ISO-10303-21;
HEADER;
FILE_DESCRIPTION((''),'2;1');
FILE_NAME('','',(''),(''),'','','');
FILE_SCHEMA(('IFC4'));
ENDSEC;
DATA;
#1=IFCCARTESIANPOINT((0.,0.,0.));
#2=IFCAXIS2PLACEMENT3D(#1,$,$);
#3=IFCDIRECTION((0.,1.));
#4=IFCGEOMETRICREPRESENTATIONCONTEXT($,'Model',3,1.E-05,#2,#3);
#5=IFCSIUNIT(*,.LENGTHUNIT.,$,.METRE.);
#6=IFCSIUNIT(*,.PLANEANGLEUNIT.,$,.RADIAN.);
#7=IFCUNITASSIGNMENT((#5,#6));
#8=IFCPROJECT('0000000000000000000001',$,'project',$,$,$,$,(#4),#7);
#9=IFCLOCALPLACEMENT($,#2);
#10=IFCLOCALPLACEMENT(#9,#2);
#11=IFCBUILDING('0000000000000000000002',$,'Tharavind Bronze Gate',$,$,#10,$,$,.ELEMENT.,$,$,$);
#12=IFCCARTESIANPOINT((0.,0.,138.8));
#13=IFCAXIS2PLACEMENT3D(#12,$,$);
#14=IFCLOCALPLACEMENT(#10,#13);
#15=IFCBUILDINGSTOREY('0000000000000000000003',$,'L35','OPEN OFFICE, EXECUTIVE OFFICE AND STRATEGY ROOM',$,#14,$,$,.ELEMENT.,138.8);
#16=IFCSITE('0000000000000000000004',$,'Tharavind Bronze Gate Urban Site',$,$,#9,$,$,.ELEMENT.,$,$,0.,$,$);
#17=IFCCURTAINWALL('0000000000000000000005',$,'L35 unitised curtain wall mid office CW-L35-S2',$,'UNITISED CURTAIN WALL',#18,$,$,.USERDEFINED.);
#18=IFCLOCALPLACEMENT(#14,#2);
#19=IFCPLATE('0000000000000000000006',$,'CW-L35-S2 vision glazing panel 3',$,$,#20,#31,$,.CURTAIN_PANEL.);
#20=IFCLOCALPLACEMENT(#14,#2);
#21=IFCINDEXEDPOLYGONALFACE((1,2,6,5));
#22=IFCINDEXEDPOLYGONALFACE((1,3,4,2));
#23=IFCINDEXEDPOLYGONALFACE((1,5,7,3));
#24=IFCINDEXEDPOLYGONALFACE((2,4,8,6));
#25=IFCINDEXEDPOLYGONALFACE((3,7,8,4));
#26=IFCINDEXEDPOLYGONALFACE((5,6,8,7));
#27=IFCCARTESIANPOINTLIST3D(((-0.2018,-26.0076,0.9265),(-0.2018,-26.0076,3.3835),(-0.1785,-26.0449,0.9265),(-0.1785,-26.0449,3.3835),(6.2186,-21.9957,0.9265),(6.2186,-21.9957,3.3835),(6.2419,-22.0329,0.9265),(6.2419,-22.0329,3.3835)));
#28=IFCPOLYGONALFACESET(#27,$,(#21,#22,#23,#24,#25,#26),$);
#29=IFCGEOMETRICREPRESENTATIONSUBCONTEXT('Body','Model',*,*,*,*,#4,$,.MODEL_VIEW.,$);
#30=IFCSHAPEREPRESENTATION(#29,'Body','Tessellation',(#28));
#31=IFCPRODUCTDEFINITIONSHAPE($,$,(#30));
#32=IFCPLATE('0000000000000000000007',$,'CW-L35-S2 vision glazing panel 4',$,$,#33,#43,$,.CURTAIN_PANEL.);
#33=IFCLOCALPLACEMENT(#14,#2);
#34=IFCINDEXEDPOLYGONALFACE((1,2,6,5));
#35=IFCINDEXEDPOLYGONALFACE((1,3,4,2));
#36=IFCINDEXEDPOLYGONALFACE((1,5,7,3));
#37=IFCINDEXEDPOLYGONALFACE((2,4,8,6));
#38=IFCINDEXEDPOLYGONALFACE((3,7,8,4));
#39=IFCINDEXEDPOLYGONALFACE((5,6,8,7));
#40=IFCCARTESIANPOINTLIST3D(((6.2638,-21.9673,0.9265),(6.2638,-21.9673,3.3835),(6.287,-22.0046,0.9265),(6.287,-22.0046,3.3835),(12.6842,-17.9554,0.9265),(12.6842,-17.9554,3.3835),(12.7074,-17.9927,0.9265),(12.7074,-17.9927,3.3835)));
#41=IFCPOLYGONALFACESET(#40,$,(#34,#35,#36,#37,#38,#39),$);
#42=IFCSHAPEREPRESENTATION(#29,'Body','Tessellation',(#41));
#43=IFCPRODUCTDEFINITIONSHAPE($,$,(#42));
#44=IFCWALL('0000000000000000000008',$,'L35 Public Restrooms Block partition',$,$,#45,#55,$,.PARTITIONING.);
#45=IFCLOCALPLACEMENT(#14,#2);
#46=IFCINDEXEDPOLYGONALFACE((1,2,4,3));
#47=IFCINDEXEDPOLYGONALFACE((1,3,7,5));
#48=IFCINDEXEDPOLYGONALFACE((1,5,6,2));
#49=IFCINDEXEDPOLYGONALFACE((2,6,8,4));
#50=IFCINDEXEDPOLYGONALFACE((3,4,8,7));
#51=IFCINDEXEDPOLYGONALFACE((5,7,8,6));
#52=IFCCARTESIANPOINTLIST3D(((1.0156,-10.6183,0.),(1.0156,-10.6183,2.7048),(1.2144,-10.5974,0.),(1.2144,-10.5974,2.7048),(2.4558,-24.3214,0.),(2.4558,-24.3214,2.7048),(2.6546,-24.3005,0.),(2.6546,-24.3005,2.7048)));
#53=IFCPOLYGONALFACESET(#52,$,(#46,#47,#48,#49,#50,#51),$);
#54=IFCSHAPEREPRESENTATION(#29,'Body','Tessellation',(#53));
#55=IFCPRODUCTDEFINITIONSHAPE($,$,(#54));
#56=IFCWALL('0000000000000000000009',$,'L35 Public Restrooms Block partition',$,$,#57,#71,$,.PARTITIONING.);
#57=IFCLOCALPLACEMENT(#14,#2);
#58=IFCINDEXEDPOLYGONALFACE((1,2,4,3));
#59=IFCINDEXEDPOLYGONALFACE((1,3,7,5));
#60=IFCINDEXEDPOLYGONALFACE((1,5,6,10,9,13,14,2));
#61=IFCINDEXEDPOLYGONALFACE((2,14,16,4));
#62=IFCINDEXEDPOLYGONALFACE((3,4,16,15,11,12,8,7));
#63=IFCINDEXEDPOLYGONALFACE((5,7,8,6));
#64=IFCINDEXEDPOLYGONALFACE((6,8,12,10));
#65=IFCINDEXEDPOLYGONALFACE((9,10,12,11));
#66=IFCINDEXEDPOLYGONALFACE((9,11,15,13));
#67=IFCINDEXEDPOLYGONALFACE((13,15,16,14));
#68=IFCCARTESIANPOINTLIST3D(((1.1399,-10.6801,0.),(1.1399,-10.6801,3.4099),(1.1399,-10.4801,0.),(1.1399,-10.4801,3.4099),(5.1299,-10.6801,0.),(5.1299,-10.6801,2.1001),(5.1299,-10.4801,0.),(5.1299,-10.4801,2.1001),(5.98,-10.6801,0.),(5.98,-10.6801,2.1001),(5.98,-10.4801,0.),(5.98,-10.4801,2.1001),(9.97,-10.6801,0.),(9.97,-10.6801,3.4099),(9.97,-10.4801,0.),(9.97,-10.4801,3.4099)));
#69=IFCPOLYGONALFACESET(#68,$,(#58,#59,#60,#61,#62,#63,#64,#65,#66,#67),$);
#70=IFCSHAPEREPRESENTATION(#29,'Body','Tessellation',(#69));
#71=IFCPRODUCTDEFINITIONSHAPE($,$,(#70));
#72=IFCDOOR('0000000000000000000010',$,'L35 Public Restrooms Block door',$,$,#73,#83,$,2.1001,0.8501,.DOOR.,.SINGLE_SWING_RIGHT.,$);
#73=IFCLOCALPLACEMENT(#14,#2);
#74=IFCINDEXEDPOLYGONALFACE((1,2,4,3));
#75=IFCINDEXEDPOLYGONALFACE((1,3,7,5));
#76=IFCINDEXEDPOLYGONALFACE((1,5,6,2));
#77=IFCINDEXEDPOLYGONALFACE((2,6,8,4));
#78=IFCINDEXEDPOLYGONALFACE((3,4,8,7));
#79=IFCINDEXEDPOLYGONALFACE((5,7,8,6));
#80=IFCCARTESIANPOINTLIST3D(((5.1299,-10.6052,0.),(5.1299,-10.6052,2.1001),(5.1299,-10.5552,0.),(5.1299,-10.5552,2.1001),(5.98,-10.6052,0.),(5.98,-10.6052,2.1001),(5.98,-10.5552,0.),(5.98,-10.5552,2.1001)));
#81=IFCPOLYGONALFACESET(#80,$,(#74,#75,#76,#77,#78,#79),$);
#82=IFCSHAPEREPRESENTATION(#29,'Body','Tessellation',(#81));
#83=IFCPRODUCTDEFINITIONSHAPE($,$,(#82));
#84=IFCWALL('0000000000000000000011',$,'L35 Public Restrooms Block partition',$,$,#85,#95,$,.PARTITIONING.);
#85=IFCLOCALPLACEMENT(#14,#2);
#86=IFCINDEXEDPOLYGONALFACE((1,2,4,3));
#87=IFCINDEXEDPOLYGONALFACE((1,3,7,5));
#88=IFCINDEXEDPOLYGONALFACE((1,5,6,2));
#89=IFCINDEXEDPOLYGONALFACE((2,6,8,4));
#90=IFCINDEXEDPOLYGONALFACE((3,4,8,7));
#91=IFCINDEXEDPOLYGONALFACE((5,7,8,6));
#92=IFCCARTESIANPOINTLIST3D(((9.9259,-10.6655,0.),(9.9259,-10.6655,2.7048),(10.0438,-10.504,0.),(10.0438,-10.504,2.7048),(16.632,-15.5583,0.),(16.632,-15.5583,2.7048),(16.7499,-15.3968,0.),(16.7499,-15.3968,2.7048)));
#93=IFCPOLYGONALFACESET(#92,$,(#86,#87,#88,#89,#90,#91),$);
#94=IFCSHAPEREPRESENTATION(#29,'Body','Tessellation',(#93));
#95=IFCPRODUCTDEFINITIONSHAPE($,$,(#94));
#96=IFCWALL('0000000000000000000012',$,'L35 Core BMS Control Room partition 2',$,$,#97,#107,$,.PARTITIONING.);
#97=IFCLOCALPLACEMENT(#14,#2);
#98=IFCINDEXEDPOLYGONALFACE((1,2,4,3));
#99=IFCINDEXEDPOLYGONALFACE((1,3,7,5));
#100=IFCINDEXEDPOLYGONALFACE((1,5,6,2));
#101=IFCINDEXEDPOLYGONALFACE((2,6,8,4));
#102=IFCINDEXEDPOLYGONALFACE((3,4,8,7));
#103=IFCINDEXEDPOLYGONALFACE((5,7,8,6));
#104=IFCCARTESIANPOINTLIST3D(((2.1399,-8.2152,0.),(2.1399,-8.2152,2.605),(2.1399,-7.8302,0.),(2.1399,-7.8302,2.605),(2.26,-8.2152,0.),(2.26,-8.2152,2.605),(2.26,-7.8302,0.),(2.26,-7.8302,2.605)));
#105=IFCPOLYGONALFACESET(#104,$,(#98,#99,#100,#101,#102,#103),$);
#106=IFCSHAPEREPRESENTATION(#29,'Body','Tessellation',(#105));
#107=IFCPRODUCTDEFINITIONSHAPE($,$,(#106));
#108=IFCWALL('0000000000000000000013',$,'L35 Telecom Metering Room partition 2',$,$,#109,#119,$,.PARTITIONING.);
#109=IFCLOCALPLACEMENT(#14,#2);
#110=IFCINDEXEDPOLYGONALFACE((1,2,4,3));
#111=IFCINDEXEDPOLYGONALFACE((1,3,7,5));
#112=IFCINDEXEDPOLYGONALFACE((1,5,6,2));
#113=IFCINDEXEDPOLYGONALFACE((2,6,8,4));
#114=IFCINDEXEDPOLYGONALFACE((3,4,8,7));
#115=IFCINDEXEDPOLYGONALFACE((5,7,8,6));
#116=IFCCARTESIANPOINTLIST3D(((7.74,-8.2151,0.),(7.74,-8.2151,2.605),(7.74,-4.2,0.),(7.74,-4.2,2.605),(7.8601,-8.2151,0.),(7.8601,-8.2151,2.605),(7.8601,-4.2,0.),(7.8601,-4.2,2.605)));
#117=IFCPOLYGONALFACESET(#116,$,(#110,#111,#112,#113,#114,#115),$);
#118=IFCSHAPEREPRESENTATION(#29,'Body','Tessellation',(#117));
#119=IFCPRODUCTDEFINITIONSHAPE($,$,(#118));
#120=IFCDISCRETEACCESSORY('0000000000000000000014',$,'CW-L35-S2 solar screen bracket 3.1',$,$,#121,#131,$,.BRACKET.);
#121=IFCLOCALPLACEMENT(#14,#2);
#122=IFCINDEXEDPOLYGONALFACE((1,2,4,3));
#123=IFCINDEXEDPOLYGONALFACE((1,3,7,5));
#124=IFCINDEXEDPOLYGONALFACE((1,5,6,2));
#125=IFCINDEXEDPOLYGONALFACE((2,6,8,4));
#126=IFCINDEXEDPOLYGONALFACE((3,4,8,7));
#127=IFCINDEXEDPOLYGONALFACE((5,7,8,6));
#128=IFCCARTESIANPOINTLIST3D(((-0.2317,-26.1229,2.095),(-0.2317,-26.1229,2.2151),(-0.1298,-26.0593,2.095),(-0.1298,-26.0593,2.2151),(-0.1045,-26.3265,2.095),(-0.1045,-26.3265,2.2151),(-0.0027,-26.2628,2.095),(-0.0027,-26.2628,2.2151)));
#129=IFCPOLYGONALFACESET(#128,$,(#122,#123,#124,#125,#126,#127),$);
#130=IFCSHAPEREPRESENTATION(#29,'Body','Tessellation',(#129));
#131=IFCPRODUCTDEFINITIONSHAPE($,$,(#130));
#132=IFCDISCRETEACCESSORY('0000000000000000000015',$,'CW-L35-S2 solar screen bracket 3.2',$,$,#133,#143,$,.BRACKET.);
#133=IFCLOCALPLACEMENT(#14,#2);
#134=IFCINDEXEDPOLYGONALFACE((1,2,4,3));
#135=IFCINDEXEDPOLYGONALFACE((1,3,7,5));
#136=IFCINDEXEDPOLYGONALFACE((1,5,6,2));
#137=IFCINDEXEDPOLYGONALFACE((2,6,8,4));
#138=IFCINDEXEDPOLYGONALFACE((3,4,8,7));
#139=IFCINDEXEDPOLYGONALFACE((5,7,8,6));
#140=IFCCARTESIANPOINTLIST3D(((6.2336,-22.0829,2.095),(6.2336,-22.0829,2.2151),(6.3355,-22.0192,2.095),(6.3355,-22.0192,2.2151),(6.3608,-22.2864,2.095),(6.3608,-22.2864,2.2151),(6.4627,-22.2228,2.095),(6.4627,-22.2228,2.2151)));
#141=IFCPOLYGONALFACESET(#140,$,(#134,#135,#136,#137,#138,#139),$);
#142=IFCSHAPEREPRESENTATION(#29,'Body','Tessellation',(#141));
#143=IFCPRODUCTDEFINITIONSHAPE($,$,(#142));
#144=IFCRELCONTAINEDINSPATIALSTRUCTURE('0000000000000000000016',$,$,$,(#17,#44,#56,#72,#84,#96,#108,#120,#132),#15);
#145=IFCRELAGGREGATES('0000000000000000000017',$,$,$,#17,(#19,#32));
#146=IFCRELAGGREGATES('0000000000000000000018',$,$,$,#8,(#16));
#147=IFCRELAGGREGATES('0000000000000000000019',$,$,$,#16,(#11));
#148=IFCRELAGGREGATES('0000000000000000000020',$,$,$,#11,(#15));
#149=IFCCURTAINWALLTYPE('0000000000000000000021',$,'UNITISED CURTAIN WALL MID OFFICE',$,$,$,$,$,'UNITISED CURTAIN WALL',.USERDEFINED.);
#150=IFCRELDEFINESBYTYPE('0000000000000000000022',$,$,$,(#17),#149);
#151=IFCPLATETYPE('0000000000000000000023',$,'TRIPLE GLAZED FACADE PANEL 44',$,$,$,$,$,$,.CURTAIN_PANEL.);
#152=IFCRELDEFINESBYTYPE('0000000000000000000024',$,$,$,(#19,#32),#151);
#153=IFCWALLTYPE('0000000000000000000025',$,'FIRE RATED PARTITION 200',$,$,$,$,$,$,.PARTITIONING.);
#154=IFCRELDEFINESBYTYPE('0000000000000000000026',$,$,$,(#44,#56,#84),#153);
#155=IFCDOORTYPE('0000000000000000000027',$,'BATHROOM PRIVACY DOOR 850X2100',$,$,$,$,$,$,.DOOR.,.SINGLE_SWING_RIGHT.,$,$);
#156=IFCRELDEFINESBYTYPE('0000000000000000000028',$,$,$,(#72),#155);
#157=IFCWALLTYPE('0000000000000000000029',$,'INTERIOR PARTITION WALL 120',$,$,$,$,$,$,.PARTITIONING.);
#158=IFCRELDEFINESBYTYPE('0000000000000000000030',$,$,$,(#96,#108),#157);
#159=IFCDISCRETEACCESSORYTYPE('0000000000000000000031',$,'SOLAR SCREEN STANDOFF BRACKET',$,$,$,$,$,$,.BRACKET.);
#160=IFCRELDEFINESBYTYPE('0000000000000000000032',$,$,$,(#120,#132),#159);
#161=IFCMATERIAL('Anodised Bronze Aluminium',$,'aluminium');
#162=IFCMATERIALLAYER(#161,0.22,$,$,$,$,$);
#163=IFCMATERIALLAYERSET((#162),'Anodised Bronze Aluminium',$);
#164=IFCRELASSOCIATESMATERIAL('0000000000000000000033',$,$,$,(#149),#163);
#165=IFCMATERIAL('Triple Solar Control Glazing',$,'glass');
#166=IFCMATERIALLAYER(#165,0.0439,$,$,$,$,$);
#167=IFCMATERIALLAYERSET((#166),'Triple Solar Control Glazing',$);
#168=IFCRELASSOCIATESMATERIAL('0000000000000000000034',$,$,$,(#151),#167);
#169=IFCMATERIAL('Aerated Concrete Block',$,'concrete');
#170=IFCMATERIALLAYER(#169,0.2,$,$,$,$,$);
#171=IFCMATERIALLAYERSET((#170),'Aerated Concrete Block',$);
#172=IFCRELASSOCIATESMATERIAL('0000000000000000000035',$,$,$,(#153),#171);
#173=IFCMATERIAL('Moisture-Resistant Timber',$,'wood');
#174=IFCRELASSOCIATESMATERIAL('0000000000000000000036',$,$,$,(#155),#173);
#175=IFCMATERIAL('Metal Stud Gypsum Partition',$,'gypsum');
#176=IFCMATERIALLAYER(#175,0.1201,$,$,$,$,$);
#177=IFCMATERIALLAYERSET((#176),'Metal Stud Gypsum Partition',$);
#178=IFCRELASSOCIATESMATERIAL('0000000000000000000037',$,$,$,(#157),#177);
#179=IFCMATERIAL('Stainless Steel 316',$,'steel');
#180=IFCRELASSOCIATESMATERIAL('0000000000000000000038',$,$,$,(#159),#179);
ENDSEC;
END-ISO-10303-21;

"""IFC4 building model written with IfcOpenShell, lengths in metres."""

from ifc_helpers import new_model, si_unit, direction, frame, frame_2d, origin, origin_2d, place, context, subcontext, project, spatial, rectangle, extrude, material, layer, layer_set, type_object, element, fill, aggregate, save


model = new_model("IFC4")

# Units and contexts
model_context = context("Model", 3, precision=1e-05, world=origin(), true_north=direction((0.0, 1.0)))
body_context = subcontext(model_context, "Body", "Model", "MODEL_VIEW")
ifc_project = project(units=[si_unit("LENGTHUNIT", "METRE"), si_unit("PLANEANGLEUNIT", "RADIAN")], contexts=[model_context])

# Site, building, storey
site_placement = place(None, origin())
site = spatial("IfcSite", under=ifc_project, at=site_placement, Name="Tharavind Bronze Gate Urban Site", CompositionType="ELEMENT", RefElevation=0.0)
building_placement = place(site_placement, origin())
building = spatial("IfcBuilding", under=site, at=building_placement, Name="Tharavind Bronze Gate", CompositionType="ELEMENT")
storey_placement = place(building_placement, frame((0.0, 0.0, 138.8)))
storey = spatial("IfcBuildingStorey", under=building, at=storey_placement, Name="L35", Description="OPEN OFFICE, EXECUTIVE OFFICE AND STRATEGY ROOM", CompositionType="ELEMENT", Elevation=138.8)

# Curtain wall
ifc_material_1 = material(Name="Anodised Bronze Aluminium", Category="aluminium")
ifc_layer_1 = layer(ifc_material_1, 0.22)
ifc_layer_set_1 = layer_set([ifc_layer_1], Name="Anodised Bronze Aluminium")
curtain_wall_type = type_object("IfcCurtainWallType", Name="UNITISED CURTAIN WALL MID OFFICE", ElementType="UNITISED CURTAIN WALL", PredefinedType="USERDEFINED", material=ifc_layer_set_1)
curtain_wall_placement = place(storey_placement, origin())
curtain_wall = element("IfcCurtainWall", 1, at=curtain_wall_placement, inside=storey, type_object=curtain_wall_type, Name="L35 unitised curtain wall mid office CW-L35-S2", ObjectType="UNITISED CURTAIN WALL", PredefinedType="USERDEFINED")

# Plates
ifc_material_2 = material(Name="Triple Solar Control Glazing", Category="glass")
ifc_layer_2 = layer(ifc_material_2, 0.0439)
ifc_layer_set_2 = layer_set([ifc_layer_2], Name="Triple Solar Control Glazing")
plate_type_1 = type_object("IfcPlateType", Name="TRIPLE GLAZED FACADE PANEL 44", PredefinedType="CURTAIN_PANEL", material=ifc_layer_set_2)
plate_1_placement = place(storey_placement, frame((3.02, -24.0203, 0.9265), z_axis=(0.0, 0.0, 1.0), x_axis=(0.848048, 0.529919, 0.0)))
plate_1 = element("IfcPlate", 2, at=plate_1_placement, type_object=plate_type_1, Name="CW-L35-S2 vision glazing panel 3", PredefinedType="CURTAIN_PANEL", context=body_context, shape_type="SweptSolid", body=[
    extrude(rectangle(XDim=7.5708, YDim=0.0439, at=origin_2d()), origin(), (0.0, 0.0, 1.0), 2.457),
])
plate_2_placement = place(storey_placement, frame((9.4856, -19.98, 0.9265), z_axis=(0.0, 0.0, 1.0), x_axis=(0.848048, 0.529919, 0.0)))
plate_2 = element("IfcPlate", 3, at=plate_2_placement, type_object=plate_type_1, Name="CW-L35-S2 vision glazing panel 4", PredefinedType="CURTAIN_PANEL", context=body_context, shape_type="SweptSolid", body=[
    extrude(rectangle(XDim=7.5708, YDim=0.0439, at=origin_2d()), origin(), (0.0, 0.0, 1.0), 2.457),
])
aggregate(curtain_wall, [plate_1, plate_2])

# Wall
ifc_material_3 = material(Name="Aerated Concrete Block", Category="concrete")
ifc_layer_3 = layer(ifc_material_3, 0.2)
ifc_layer_set_3 = layer_set([ifc_layer_3], Name="Aerated Concrete Block")
wall_type_1 = type_object("IfcWallType", Name="FIRE RATED PARTITION 200", PredefinedType="PARTITIONING", material=ifc_layer_set_3)
wall_1_placement = place(storey_placement, frame((2.5552, -24.3108, 0.0), z_axis=(0.0, 0.0, 1.0), x_axis=(-0.104523, 0.994522, 0.0)))
element("IfcWall", 4, at=wall_1_placement, inside=storey, type_object=wall_type_1, Name="L35 Public Restrooms Block partition", PredefinedType="PARTITIONING", context=body_context, shape_type="SweptSolid", body=[
    extrude(rectangle(XDim=13.7786, YDim=0.2, at=frame_2d((6.8892, 0.0))), origin(), (0.0, 0.0, 1.0), 2.7048),
])

# Wall, opening, door
wall_2_placement = place(storey_placement, frame((1.1399, -10.5801, 0.0), z_axis=(0.0, 0.0, 1.0), x_axis=(1.0, 0.0, 0.0)))
wall_2 = element("IfcWall", 5, at=wall_2_placement, inside=storey, type_object=wall_type_1, Name="L35 Public Restrooms Block partition", PredefinedType="PARTITIONING", context=body_context, shape_type="SweptSolid", body=[
    extrude(rectangle(XDim=8.8301, YDim=0.2, at=frame_2d((4.415, 0.0))), origin(), (0.0, 0.0, 1.0), 3.4099),
])
opening_placement = place(wall_2_placement, frame((3.99, 0.0, 0.0)))
opening = element("IfcOpeningElement", 6, at=opening_placement, cuts=wall_2, PredefinedType="OPENING", context=body_context, shape_type="SweptSolid", body=[
    extrude(rectangle(XDim=0.8501, YDim=2.1001, at=frame_2d((0.425, 1.05))), frame((0.0, 0.1101, 0.0), z_axis=(0.0, -1.0, 0.0), x_axis=(1.0, 0.0, 0.0)), (0.0, 0.0, 1.0), 0.22),
])
ifc_material_4 = material(Name="Moisture-Resistant Timber", Category="wood")
door_type = type_object("IfcDoorType", Name="BATHROOM PRIVACY DOOR 850X2100", OperationType="SINGLE_SWING_RIGHT", PredefinedType="DOOR", material=ifc_material_4)
door_placement = place(opening_placement, origin())
door = element("IfcDoor", 7, at=door_placement, inside=storey, type_object=door_type, Name="L35 Public Restrooms Block door", OperationType="SINGLE_SWING_RIGHT", OverallHeight=2.1001, OverallWidth=0.8501, PredefinedType="DOOR", context=body_context, shape_type="SweptSolid", body=[
    extrude(rectangle(XDim=0.8501, YDim=2.1001, at=frame_2d((0.425, 1.05))), frame((0.0, 0.0249, 0.0), z_axis=(0.0, -1.0, 0.0), x_axis=(1.0, 0.0, 0.0)), (0.0, 0.0, 1.0), 0.05),
])
fill(opening, door)

# Walls
wall_3_placement = place(storey_placement, frame((9.9849, -10.5847, 0.0), z_axis=(0.0, 0.0, 1.0), x_axis=(0.807836, -0.589407, 0.0)))
element("IfcWall", 8, at=wall_3_placement, inside=storey, type_object=wall_type_1, Name="L35 Public Restrooms Block partition", PredefinedType="PARTITIONING", context=body_context, shape_type="SweptSolid", body=[
    extrude(rectangle(XDim=8.3013, YDim=0.2, at=frame_2d((4.1506, 0.0))), origin(), (0.0, 0.0, 1.0), 2.7048),
])
ifc_material_5 = material(Name="Metal Stud Gypsum Partition", Category="gypsum")
ifc_layer_4 = layer(ifc_material_5, 0.1201)
ifc_layer_set_4 = layer_set([ifc_layer_4], Name="Metal Stud Gypsum Partition")
wall_type_2 = type_object("IfcWallType", Name="INTERIOR PARTITION WALL 120", PredefinedType="PARTITIONING", material=ifc_layer_set_4)
wall_4_placement = place(storey_placement, frame((2.2, -8.2151, 0.0), z_axis=(0.0, 0.0, 1.0), x_axis=(0.0, 1.0, 0.0)))
element("IfcWall", 9, at=wall_4_placement, inside=storey, type_object=wall_type_2, Name="L35 Core BMS Control Room partition 2", PredefinedType="PARTITIONING", context=body_context, shape_type="SweptSolid", body=[
    extrude(rectangle(XDim=0.385, YDim=0.1201, at=frame_2d((0.1924, 0.0))), origin(), (0.0, 0.0, 1.0), 2.605),
])
wall_5_placement = place(storey_placement, frame((7.8, -8.2151, 0.0), z_axis=(0.0, 0.0, 1.0), x_axis=(0.0, 1.0, 0.0)))
element("IfcWall", 10, at=wall_5_placement, inside=storey, type_object=wall_type_2, Name="L35 Telecom Metering Room partition 2", PredefinedType="PARTITIONING", context=body_context, shape_type="SweptSolid", body=[
    extrude(rectangle(XDim=4.0151, YDim=0.1201, at=frame_2d((2.0076, 0.0))), origin(), (0.0, 0.0, 1.0), 2.605),
])

# Discrete accessories
ifc_material_6 = material(Name="Stainless Steel 316", Category="steel")
discrete_accessory_type = type_object("IfcDiscreteAccessoryType", Name="SOLAR SCREEN STANDOFF BRACKET", PredefinedType="BRACKET", material=ifc_material_6)
for number, where, z_axis, x_axis, name in (
    (11, (-0.1172, -26.1929, 2.095), (0.0, 0.0, 1.0), (0.848048, 0.529919, 0.0), "CW-L35-S2 solar screen bracket 3.1"),
    (12, (6.3481, -22.1528, 2.095), (0.0, 0.0, 1.0), (0.848048, 0.529919, 0.0), "CW-L35-S2 solar screen bracket 3.2"),
):
    element("IfcDiscreteAccessory", number, at=place(storey_placement, frame(where, z_axis=z_axis, x_axis=x_axis)), inside=storey, type_object=discrete_accessory_type, Name=name, PredefinedType="BRACKET", context=body_context, shape_type="SweptSolid", body=[
        extrude(rectangle(XDim=0.1201, YDim=0.24, at=origin_2d()), origin(), (0.0, 0.0, 1.0), 0.1201),
    ])

save(model, "model.ifc")
